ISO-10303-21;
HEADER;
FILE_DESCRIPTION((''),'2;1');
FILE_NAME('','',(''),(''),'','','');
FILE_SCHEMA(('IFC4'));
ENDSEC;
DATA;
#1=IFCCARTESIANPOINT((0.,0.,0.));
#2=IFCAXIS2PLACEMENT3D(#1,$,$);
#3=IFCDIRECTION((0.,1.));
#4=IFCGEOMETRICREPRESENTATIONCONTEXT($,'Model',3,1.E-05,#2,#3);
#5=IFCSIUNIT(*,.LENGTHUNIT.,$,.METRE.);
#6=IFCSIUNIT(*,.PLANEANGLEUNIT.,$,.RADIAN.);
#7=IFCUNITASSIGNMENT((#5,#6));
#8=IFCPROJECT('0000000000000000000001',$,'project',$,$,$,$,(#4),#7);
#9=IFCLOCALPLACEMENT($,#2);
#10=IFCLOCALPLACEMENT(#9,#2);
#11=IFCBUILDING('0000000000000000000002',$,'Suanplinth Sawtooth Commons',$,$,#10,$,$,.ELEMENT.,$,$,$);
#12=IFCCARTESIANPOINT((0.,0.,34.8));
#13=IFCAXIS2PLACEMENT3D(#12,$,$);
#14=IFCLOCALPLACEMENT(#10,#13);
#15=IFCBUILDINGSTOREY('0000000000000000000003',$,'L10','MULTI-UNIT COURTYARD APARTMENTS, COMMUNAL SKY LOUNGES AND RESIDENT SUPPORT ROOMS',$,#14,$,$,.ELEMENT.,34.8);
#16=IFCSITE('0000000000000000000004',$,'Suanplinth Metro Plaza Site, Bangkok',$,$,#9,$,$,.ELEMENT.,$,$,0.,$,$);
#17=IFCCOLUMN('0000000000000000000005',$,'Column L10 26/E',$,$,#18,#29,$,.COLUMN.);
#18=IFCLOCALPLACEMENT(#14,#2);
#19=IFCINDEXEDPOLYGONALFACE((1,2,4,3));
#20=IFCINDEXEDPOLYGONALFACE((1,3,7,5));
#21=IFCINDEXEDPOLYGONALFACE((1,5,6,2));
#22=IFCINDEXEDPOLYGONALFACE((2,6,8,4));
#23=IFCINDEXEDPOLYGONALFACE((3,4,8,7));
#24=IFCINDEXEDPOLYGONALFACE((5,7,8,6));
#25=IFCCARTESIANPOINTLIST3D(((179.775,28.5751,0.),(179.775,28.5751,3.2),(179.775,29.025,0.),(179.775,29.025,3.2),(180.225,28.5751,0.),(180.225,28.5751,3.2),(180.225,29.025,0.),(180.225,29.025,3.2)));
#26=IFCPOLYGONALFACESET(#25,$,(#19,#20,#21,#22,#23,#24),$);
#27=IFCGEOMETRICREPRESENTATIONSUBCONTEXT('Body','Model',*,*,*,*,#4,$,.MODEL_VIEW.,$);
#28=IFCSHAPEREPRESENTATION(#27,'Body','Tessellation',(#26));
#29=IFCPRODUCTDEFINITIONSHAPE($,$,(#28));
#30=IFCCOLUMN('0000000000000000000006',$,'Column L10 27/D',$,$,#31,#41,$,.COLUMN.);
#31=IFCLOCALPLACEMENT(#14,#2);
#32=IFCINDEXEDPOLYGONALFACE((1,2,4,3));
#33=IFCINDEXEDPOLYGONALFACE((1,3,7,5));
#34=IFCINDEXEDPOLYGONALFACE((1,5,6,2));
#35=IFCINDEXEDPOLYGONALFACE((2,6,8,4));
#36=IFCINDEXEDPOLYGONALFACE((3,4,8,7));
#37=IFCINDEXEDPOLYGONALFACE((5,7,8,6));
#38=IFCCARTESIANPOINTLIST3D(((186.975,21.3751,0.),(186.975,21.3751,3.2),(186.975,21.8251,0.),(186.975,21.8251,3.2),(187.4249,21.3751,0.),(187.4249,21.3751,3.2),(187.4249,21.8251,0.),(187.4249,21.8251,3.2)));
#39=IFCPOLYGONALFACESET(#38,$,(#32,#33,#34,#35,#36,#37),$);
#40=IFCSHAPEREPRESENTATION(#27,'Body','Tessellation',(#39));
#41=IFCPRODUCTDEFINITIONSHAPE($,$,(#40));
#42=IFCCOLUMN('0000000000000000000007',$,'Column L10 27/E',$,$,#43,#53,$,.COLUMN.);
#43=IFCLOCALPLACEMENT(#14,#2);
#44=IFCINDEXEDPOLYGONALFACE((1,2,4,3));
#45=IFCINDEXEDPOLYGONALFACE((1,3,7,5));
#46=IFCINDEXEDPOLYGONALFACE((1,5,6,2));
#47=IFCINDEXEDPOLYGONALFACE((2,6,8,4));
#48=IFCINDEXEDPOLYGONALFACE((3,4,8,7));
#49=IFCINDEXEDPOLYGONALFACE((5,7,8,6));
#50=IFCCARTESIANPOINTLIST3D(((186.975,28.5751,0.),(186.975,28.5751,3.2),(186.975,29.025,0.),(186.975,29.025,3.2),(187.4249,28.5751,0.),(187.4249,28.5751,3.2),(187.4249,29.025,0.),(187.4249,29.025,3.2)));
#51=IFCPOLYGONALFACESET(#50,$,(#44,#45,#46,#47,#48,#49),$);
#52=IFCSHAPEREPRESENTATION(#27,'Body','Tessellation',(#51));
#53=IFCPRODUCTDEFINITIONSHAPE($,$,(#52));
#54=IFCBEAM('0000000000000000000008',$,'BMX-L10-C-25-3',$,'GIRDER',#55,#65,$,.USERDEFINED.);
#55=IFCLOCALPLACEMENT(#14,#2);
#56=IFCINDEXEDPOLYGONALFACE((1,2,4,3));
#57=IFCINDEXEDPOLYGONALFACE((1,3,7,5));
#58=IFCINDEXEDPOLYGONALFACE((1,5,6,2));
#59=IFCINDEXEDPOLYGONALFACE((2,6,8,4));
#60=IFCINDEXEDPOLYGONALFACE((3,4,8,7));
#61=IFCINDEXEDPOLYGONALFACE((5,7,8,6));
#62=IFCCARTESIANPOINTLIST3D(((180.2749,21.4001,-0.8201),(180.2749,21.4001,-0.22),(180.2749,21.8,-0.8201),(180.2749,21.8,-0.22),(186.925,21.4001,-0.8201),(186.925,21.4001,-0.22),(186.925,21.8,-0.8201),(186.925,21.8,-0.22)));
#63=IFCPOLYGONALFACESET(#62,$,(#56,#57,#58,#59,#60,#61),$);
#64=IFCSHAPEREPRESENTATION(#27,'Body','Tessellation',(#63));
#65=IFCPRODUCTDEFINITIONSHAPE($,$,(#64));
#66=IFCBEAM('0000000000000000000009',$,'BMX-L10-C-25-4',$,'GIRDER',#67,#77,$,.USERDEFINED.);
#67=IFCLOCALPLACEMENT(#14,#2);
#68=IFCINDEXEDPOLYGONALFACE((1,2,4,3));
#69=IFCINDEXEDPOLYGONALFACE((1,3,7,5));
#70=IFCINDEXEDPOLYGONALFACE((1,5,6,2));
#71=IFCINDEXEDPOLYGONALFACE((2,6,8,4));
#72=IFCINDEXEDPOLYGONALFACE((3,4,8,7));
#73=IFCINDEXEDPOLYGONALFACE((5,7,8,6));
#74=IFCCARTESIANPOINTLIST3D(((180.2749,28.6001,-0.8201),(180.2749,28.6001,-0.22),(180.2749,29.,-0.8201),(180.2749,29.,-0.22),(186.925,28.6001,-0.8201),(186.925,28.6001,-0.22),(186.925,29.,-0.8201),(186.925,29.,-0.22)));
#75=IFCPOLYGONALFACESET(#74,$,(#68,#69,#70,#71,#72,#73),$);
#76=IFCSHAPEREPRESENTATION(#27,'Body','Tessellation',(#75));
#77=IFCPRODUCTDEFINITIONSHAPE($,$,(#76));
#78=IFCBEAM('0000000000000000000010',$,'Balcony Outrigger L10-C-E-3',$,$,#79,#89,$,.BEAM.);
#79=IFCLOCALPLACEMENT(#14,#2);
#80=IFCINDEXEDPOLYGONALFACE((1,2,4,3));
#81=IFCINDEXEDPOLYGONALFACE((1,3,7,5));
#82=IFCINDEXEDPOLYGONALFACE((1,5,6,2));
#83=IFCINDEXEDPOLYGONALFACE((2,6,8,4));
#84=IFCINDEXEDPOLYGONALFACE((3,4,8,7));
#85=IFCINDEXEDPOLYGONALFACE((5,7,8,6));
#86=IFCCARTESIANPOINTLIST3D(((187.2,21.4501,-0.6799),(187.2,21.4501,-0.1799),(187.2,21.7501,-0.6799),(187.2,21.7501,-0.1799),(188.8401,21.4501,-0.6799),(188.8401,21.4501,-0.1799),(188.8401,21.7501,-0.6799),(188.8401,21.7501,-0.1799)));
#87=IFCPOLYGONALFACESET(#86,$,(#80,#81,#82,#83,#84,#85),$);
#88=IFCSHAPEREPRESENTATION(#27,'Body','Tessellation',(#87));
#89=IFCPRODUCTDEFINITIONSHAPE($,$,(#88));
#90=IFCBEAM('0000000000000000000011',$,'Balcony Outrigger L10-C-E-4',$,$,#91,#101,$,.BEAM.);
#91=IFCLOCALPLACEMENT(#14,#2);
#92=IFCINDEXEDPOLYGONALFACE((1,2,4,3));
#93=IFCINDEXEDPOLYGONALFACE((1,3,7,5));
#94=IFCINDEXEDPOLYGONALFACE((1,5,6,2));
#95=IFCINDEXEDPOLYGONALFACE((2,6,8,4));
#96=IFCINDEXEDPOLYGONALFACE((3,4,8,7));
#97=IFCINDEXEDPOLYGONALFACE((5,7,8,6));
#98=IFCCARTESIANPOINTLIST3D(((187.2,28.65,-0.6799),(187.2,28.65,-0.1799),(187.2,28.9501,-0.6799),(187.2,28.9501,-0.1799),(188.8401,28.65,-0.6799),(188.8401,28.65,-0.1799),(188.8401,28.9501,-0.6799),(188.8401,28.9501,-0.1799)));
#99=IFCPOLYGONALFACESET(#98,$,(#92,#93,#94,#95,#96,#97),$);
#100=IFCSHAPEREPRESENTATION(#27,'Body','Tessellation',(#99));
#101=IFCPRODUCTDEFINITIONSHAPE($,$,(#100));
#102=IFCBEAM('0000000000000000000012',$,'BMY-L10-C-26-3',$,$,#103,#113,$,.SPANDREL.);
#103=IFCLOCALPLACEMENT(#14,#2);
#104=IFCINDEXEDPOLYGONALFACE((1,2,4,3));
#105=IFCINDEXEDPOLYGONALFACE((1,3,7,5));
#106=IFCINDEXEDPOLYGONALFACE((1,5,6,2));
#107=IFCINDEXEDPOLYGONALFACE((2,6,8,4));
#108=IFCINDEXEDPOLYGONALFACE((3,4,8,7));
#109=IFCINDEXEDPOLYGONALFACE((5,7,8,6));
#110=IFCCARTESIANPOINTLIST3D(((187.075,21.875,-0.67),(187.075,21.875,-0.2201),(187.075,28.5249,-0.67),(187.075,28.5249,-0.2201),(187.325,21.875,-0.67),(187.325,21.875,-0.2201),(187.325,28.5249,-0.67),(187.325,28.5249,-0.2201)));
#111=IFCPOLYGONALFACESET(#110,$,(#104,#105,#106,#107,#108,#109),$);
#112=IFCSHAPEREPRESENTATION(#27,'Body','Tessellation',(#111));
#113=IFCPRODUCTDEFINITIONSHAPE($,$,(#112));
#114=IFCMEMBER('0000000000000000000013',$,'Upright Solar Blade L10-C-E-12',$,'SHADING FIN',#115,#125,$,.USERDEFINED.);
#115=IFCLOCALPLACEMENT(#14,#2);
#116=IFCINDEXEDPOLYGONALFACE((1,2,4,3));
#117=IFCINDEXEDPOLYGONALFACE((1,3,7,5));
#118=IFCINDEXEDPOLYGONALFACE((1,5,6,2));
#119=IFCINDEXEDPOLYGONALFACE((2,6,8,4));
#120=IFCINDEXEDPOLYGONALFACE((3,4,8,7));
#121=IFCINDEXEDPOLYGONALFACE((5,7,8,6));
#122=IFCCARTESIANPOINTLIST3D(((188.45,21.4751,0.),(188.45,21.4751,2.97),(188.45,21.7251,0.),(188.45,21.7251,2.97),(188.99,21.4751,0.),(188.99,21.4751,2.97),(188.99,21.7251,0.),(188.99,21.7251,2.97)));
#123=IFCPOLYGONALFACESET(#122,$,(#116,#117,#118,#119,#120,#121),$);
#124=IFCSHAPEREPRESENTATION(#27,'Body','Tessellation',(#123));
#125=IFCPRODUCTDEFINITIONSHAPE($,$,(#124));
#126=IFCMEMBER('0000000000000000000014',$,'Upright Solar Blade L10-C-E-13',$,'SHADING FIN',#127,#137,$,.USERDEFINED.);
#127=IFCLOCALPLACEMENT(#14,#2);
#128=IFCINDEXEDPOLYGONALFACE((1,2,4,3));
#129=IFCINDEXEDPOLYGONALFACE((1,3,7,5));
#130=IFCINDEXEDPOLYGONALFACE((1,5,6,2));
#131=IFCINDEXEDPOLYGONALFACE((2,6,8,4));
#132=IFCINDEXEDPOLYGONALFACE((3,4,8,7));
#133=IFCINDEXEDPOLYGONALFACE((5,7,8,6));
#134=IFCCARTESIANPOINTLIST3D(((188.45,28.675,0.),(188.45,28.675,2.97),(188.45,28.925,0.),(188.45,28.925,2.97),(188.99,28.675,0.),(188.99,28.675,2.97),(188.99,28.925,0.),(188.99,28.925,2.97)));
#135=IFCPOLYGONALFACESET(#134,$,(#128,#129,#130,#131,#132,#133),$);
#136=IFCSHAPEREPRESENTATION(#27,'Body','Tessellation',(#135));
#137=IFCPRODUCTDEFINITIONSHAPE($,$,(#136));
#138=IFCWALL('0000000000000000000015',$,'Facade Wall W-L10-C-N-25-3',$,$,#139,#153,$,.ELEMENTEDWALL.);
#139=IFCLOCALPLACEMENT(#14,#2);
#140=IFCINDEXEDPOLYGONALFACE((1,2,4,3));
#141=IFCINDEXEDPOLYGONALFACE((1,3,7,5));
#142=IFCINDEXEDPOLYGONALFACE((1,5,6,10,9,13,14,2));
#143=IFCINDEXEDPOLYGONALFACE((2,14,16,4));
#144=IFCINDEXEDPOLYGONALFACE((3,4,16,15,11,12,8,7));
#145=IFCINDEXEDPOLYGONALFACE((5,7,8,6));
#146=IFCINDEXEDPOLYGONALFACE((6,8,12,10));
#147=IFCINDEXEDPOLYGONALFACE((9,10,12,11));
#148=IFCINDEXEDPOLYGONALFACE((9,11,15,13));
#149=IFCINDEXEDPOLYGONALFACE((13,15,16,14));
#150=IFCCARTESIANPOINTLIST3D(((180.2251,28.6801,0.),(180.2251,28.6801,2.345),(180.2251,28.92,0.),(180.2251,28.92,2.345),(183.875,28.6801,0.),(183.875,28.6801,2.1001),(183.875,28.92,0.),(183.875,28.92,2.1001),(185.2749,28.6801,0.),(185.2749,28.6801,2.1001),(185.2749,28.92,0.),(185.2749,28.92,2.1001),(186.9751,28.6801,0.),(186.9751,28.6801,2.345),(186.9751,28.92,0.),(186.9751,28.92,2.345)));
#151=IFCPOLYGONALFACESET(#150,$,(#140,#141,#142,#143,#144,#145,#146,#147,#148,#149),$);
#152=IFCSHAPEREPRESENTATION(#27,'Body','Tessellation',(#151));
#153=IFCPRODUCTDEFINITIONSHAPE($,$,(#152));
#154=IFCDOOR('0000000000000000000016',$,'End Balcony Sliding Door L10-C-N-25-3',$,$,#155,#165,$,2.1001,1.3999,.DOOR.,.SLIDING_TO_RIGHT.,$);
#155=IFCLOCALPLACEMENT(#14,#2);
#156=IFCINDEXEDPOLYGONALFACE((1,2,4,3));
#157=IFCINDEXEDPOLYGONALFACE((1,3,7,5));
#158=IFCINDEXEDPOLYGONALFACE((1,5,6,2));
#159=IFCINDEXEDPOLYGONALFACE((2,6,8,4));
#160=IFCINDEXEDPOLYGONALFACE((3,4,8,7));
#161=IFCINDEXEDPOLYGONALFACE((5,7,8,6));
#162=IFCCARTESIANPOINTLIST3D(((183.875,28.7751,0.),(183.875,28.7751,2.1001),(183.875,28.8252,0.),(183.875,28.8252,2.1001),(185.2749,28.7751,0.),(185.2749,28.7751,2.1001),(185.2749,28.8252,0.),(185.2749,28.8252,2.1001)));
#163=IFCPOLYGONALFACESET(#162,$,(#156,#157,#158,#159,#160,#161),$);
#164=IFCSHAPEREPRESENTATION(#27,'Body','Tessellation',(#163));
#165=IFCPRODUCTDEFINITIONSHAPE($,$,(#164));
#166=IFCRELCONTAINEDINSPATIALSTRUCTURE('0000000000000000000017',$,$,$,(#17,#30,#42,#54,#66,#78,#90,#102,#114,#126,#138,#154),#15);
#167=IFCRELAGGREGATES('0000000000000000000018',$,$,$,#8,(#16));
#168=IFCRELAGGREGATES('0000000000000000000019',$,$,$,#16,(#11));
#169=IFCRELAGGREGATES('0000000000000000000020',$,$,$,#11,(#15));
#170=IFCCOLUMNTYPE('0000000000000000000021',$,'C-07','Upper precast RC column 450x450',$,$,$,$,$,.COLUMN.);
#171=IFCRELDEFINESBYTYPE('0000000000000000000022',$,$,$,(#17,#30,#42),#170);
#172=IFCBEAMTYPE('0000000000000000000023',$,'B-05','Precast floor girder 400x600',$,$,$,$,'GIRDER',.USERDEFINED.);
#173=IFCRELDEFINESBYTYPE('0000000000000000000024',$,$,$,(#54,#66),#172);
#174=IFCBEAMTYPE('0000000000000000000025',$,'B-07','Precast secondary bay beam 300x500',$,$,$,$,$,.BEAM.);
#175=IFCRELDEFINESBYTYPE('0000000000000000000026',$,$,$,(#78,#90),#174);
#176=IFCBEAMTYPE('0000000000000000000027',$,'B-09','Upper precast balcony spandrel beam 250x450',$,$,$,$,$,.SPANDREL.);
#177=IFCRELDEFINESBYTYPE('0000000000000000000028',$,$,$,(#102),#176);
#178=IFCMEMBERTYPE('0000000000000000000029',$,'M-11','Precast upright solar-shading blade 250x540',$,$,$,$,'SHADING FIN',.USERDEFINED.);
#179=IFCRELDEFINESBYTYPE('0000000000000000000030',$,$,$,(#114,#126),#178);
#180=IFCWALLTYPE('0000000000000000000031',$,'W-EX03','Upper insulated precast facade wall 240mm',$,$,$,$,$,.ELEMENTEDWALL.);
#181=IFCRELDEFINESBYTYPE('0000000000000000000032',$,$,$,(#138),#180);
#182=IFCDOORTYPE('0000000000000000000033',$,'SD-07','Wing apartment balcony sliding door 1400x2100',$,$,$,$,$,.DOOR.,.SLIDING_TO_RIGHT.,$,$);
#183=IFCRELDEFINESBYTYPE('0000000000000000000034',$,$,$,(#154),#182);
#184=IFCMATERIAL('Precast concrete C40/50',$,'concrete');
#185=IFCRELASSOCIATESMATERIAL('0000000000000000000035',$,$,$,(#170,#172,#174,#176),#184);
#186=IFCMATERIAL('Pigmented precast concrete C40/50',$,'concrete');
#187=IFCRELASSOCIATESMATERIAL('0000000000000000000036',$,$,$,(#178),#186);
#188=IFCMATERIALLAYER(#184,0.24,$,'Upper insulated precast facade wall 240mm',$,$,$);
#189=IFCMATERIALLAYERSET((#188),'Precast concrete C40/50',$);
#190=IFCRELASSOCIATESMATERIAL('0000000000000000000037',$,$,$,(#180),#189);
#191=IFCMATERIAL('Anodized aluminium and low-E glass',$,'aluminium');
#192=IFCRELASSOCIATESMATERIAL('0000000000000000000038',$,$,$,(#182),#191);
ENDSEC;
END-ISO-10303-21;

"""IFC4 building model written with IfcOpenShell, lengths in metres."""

from ifc_helpers import new_model, si_unit, direction, frame, frame_2d, origin, origin_2d, place, context, subcontext, project, spatial, rectangle, extrude, material, layer, layer_set, material_profile, profile_set, type_object, element, fill, save


model = new_model("IFC4")

# Units and contexts
model_context = context("Model", 3, precision=1e-05, world=origin(), true_north=direction((0.0, 1.0)))
body_context = subcontext(model_context, "Body", "Model", "MODEL_VIEW")
ifc_project = project(units=[si_unit("LENGTHUNIT", "METRE"), si_unit("PLANEANGLEUNIT", "RADIAN")], contexts=[model_context])

# Site, building, storey
site_placement = place(None, origin())
site = spatial("IfcSite", under=ifc_project, at=site_placement, Name="Suanplinth Metro Plaza Site, Bangkok", CompositionType="ELEMENT", RefElevation=0.0)
building_placement = place(site_placement, origin())
building = spatial("IfcBuilding", under=site, at=building_placement, Name="Suanplinth Sawtooth Commons", CompositionType="ELEMENT")
storey_placement = place(building_placement, frame((0.0, 0.0, 34.8)))
storey = spatial("IfcBuildingStorey", under=building, at=storey_placement, Name="L10", Description="MULTI-UNIT COURTYARD APARTMENTS, COMMUNAL SKY LOUNGES AND RESIDENT SUPPORT ROOMS", CompositionType="ELEMENT", Elevation=34.8)

# Columns
ifc_material_1 = material(Name="Precast concrete C40/50", Category="concrete")
ifc_material_profile_1 = material_profile(ifc_material_1, rectangle(XDim=0.45, YDim=0.45, at=origin_2d()), Name="PC-COL 450x450")
ifc_profile_set_1 = profile_set([ifc_material_profile_1], Name="Precast concrete C40/50")
column_type = type_object("IfcColumnType", Name="C-07", Description="Upper precast RC column 450x450", PredefinedType="COLUMN", material=ifc_profile_set_1)
for number, where, z_axis, x_axis, name in (
    (1, (180.0, 28.8, 0.0), (0.0, 0.0, 1.0), (1.0, 0.0, 0.0), "Column L10 26/E"),
    (2, (187.2, 21.6001, 0.0), (0.0, 0.0, 1.0), (1.0, 0.0, 0.0), "Column L10 27/D"),
    (3, (187.2, 28.8, 0.0), (0.0, 0.0, 1.0), (1.0, 0.0, 0.0), "Column L10 27/E"),
):
    element("IfcColumn", number, at=place(storey_placement, frame(where, z_axis=z_axis, x_axis=x_axis)), inside=storey, type_object=column_type, Name=name, PredefinedType="COLUMN", context=body_context, shape_type="SweptSolid", body=[
        extrude(rectangle(XDim=0.45, YDim=0.45, at=origin_2d()), origin(), (0.0, 0.0, 1.0), 3.2),
    ])

# Beams
ifc_material_profile_2 = material_profile(ifc_material_1, rectangle(XDim=0.3999, YDim=0.6001, at=origin_2d()), Name="PC-GDR 400x600")
ifc_profile_set_2 = profile_set([ifc_material_profile_2], Name="Precast concrete C40/50")
beam_type_1 = type_object("IfcBeamType", Name="B-05", Description="Precast floor girder 400x600", ElementType="GIRDER", PredefinedType="USERDEFINED", material=ifc_profile_set_2)
for number, where, z_axis, x_axis, name in (
    (4, (180.2749, 21.6001, -0.52), (1.0, 0.0, 0.0), (0.0, 1.0, 0.0), "BMX-L10-C-25-3"),
    (5, (180.2749, 28.8, -0.52), (1.0, 0.0, 0.0), (0.0, 1.0, 0.0), "BMX-L10-C-25-4"),
):
    element("IfcBeam", number, at=place(storey_placement, frame(where, z_axis=z_axis, x_axis=x_axis)), inside=storey, type_object=beam_type_1, Name=name, ObjectType="GIRDER", PredefinedType="USERDEFINED", context=body_context, shape_type="SweptSolid", body=[
        extrude(rectangle(XDim=0.3999, YDim=0.6001, at=origin_2d()), origin(), (0.0, 0.0, 1.0), 6.6501),
    ])
ifc_material_profile_3 = material_profile(ifc_material_1, rectangle(XDim=0.3, YDim=0.5, at=origin_2d()), Name="PC-BM 300x500")
ifc_profile_set_3 = profile_set([ifc_material_profile_3], Name="Precast concrete C40/50")
beam_type_2 = type_object("IfcBeamType", Name="B-07", Description="Precast secondary bay beam 300x500", PredefinedType="BEAM", material=ifc_profile_set_3)
for number, where, z_axis, x_axis, name in (
    (6, (187.2, 21.6001, -0.4299), (1.0, 0.0, 0.0), (0.0, 1.0, 0.0), "Balcony Outrigger L10-C-E-3"),
    (7, (187.2, 28.8, -0.4299), (1.0, 0.0, 0.0), (0.0, 1.0, 0.0), "Balcony Outrigger L10-C-E-4"),
):
    element("IfcBeam", number, at=place(storey_placement, frame(where, z_axis=z_axis, x_axis=x_axis)), inside=storey, type_object=beam_type_2, Name=name, PredefinedType="BEAM", context=body_context, shape_type="SweptSolid", body=[
        extrude(rectangle(XDim=0.3, YDim=0.5, at=origin_2d()), origin(), (0.0, 0.0, 1.0), 1.6401),
    ])
ifc_material_profile_4 = material_profile(ifc_material_1, rectangle(XDim=0.25, YDim=0.45, at=origin_2d()), Name="PC-SP 250x450")
ifc_profile_set_4 = profile_set([ifc_material_profile_4], Name="Precast concrete C40/50")
beam_type_3 = type_object("IfcBeamType", Name="B-09", Description="Upper precast balcony spandrel beam 250x450", PredefinedType="SPANDREL", material=ifc_profile_set_4)
beam_placement = place(storey_placement, frame((187.2, 21.875, -0.4451), z_axis=(0.0, 1.0, 0.0), x_axis=(-1.0, 0.0, 0.0)))
element("IfcBeam", 8, at=beam_placement, inside=storey, type_object=beam_type_3, Name="BMY-L10-C-26-3", PredefinedType="SPANDREL", context=body_context, shape_type="SweptSolid", body=[
    extrude(rectangle(XDim=0.25, YDim=0.45, at=origin_2d()), origin(), (0.0, 0.0, 1.0), 6.6499),
])

# Members
ifc_material_2 = material(Name="Pigmented precast concrete C40/50", Category="concrete")
ifc_material_profile_5 = material_profile(ifc_material_2, rectangle(XDim=0.25, YDim=0.54, at=origin_2d()), Name="PC-FIN 250x540")
ifc_profile_set_5 = profile_set([ifc_material_profile_5], Name="Pigmented precast concrete C40/50")
member_type = type_object("IfcMemberType", Name="M-11", Description="Precast upright solar-shading blade 250x540", ElementType="SHADING FIN", PredefinedType="USERDEFINED", material=ifc_profile_set_5)
for number, where, z_axis, x_axis, name in (
    (9, (188.72, 21.6001, 0.0), (0.0, 0.0, 1.0), (0.0, 1.0, 0.0), "Upright Solar Blade L10-C-E-12"),
    (10, (188.72, 28.8, 0.0), (0.0, 0.0, 1.0), (0.0, 1.0, 0.0), "Upright Solar Blade L10-C-E-13"),
):
    element("IfcMember", number, at=place(storey_placement, frame(where, z_axis=z_axis, x_axis=x_axis)), inside=storey, type_object=member_type, Name=name, ObjectType="SHADING FIN", PredefinedType="USERDEFINED", context=body_context, shape_type="SweptSolid", body=[
        extrude(rectangle(XDim=0.25, YDim=0.54, at=origin_2d()), origin(), (0.0, 0.0, 1.0), 2.97),
    ])

# Wall, opening, door
ifc_layer_1 = layer(ifc_material_1, 0.24, Name="Upper insulated precast facade wall 240mm")
ifc_layer_set_1 = layer_set([ifc_layer_1], Name="Precast concrete C40/50")
wall_type_1 = type_object("IfcWallType", Name="W-EX03", Description="Upper insulated precast facade wall 240mm", PredefinedType="ELEMENTEDWALL", material=ifc_layer_set_1)
wall_1_placement = place(storey_placement, frame((180.2251, 28.8, 0.0), z_axis=(0.0, 0.0, 1.0), x_axis=(1.0, 0.0, 0.0)))
wall_1 = element("IfcWall", 11, at=wall_1_placement, inside=storey, type_object=wall_type_1, Name="Facade Wall W-L10-C-N-25-3", PredefinedType="ELEMENTEDWALL", context=body_context, shape_type="SweptSolid", body=[
    extrude(rectangle(XDim=6.75, YDim=0.24, at=frame_2d((3.375, 0.0))), origin(), (0.0, 0.0, 1.0), 2.345),
])
opening_1_placement = place(wall_1_placement, frame((3.6499, 0.0, 0.0)))
opening_1 = element("IfcOpeningElement", 12, at=opening_1_placement, cuts=wall_1, PredefinedType="OPENING", context=body_context, shape_type="SweptSolid", body=[
    extrude(rectangle(XDim=1.3999, YDim=2.1001, at=frame_2d((0.7, 1.05))), frame((0.0, 0.1348, 0.0), z_axis=(0.0, -1.0, 0.0), x_axis=(1.0, 0.0, 0.0)), (0.0, 0.0, 1.0), 0.2698),
])
ifc_material_3 = material(Name="Anodized aluminium and low-E glass", Category="aluminium")
door_type_1 = type_object("IfcDoorType", Name="SD-07", Description="Wing apartment balcony sliding door 1400x2100", OperationType="SLIDING_TO_RIGHT", PredefinedType="DOOR", material=ifc_material_3)
door_1_placement = place(opening_1_placement, frame((1.3999, 0.0, 0.0), z_axis=(0.0, 0.0, 1.0), x_axis=(-1.0, 0.0, 0.0)))
door_1 = element("IfcDoor", 13, at=door_1_placement, inside=storey, type_object=door_type_1, Name="End Balcony Sliding Door L10-C-N-25-3", OperationType="SLIDING_TO_RIGHT", OverallHeight=2.1001, OverallWidth=1.3999, PredefinedType="DOOR", context=body_context, shape_type="SweptSolid", body=[
    extrude(rectangle(XDim=1.3999, YDim=2.1001, at=frame_2d((0.7, 1.05))), frame((0.0, 0.0249, 0.0), z_axis=(0.0, -1.0, 0.0), x_axis=(1.0, 0.0, 0.0)), (0.0, 0.0, 1.0), 0.05),
])
fill(opening_1, door_1)

save(model, "model.ifc")
